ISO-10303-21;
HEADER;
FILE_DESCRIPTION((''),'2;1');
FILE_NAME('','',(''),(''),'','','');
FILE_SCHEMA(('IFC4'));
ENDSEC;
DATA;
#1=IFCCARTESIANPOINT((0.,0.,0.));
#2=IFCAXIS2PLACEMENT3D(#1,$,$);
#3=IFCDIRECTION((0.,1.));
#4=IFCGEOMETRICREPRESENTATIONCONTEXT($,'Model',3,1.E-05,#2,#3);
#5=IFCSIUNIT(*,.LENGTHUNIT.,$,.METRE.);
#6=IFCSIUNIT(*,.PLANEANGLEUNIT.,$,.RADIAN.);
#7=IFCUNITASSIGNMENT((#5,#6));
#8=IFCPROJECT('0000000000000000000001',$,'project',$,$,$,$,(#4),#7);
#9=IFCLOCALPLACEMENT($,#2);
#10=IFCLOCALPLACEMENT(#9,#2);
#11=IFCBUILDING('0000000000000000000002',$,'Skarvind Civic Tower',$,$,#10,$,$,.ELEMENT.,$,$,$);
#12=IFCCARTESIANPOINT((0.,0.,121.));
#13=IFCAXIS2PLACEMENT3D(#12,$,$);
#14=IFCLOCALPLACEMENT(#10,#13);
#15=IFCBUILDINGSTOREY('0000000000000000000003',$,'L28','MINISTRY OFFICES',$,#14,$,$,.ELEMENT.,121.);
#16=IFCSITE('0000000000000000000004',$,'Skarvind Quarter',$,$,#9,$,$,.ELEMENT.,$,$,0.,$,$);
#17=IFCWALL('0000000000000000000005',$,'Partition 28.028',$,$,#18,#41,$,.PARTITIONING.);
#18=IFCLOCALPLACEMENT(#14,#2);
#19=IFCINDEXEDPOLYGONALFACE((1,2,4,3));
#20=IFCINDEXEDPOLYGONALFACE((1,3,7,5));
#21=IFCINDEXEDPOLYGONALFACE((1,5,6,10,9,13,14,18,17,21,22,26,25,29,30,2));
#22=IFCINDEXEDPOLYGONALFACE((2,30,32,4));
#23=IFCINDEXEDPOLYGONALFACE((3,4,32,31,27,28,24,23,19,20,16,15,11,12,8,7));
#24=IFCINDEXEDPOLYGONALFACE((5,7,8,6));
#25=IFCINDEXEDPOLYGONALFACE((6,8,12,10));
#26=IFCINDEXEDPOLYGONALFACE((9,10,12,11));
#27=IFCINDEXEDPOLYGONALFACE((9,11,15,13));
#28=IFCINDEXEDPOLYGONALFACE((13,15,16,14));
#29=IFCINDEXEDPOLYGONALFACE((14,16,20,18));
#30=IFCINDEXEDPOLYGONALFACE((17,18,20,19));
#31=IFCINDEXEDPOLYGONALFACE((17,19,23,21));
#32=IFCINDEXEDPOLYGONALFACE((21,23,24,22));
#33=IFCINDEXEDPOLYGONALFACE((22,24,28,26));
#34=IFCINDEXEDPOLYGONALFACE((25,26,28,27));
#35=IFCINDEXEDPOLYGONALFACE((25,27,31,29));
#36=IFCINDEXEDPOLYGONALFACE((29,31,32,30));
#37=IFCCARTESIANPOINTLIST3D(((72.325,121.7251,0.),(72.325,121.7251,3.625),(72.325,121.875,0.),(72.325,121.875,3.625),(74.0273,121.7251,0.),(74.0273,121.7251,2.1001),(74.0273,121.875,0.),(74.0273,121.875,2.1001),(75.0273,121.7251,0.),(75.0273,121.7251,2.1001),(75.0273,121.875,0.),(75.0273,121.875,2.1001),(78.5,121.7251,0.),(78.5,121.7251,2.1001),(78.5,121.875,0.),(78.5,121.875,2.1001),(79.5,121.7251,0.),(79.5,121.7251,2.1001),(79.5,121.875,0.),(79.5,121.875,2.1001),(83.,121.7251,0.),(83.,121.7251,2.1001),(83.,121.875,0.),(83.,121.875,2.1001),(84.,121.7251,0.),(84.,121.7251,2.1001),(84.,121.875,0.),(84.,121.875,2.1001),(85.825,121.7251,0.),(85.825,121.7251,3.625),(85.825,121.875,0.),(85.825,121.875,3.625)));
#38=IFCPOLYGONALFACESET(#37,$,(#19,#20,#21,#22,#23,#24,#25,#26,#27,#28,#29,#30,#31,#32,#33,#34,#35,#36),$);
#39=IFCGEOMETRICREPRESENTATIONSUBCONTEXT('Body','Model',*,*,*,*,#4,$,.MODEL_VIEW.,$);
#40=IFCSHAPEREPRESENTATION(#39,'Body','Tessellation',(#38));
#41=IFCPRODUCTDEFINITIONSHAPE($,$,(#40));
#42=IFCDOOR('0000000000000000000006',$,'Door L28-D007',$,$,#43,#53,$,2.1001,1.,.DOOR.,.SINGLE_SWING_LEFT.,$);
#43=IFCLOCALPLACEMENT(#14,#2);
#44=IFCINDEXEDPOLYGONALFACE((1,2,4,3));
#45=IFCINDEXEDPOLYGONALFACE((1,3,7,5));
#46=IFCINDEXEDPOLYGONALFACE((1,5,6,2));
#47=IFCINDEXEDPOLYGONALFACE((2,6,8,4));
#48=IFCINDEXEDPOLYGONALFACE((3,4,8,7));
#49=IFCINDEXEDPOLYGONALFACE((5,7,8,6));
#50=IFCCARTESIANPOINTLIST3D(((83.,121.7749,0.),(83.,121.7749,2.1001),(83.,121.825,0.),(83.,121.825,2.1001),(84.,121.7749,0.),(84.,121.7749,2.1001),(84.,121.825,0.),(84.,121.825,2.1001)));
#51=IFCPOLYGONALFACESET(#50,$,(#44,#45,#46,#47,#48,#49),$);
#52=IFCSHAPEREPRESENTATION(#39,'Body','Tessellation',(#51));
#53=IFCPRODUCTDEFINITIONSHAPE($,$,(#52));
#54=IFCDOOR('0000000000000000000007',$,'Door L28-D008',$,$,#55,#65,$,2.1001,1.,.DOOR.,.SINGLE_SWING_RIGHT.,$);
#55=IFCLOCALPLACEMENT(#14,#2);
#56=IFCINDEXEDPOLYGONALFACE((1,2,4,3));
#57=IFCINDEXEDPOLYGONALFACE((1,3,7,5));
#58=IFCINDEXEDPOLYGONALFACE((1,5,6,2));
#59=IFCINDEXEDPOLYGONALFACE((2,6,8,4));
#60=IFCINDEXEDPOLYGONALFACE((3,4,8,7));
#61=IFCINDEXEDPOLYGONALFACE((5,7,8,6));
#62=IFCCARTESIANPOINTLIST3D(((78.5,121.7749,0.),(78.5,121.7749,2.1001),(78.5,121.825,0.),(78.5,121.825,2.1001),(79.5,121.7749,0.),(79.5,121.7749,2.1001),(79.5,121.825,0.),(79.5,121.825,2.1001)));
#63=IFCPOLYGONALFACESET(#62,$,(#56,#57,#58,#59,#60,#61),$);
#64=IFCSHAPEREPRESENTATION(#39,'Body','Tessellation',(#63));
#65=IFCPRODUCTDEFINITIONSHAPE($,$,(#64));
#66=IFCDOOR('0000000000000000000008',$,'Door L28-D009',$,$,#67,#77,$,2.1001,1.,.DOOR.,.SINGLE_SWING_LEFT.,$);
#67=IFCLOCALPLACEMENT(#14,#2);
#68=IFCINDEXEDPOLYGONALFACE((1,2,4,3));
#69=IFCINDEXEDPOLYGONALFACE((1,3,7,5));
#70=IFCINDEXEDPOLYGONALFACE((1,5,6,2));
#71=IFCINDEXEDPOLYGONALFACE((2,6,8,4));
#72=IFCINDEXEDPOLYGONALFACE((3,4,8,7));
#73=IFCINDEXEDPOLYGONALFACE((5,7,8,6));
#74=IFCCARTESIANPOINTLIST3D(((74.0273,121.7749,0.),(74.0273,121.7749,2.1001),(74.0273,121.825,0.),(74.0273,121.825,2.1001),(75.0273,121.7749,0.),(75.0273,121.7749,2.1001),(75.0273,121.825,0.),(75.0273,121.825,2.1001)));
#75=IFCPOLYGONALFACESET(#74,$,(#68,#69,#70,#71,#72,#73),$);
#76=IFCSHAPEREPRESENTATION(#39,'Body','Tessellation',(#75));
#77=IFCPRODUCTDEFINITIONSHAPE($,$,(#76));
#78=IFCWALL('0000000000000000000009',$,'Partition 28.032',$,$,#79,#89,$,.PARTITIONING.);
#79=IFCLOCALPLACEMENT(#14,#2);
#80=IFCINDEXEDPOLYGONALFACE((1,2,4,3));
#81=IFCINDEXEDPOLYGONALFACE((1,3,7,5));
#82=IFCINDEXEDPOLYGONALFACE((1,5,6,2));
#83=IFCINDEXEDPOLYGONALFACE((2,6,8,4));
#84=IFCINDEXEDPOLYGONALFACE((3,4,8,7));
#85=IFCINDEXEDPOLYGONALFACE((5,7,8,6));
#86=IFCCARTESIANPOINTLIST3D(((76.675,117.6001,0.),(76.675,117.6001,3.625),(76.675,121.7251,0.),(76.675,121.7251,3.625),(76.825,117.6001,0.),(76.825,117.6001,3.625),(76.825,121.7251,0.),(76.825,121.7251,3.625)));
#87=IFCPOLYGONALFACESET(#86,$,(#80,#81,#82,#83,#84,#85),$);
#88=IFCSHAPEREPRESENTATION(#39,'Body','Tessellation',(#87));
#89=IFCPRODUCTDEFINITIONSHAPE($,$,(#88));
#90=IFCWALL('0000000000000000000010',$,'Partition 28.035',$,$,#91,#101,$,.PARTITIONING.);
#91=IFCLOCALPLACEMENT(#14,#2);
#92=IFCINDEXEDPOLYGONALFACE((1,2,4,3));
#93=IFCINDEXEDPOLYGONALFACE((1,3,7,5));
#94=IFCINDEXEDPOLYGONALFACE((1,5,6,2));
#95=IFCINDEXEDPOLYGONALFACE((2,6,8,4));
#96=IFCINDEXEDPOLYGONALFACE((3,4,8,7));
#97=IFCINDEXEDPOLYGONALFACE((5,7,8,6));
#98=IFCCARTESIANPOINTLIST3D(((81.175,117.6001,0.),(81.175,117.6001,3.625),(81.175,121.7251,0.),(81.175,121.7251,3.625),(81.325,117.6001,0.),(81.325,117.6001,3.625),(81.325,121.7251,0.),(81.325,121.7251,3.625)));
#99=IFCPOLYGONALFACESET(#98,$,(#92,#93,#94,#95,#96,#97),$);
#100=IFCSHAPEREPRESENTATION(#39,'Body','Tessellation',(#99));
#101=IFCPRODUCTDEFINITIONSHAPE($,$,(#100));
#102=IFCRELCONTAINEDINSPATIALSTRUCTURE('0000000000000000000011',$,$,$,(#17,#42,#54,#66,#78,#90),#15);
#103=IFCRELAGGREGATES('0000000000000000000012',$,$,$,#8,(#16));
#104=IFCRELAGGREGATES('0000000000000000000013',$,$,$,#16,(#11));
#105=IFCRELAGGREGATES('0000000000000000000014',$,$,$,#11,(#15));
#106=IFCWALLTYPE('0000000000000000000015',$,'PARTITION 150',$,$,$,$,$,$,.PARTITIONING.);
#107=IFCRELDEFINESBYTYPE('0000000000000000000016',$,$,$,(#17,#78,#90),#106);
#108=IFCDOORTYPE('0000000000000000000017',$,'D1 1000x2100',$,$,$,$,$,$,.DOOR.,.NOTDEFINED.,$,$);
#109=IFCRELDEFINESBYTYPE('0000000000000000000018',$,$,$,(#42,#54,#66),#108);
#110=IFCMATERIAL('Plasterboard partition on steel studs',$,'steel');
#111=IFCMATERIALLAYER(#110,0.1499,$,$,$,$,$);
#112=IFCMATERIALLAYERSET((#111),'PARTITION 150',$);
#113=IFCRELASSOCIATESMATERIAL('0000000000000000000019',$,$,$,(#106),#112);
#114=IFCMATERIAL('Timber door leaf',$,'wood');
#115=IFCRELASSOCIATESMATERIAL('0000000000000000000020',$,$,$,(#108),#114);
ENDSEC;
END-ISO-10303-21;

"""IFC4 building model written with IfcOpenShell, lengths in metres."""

from ifc_helpers import new_model, si_unit, direction, frame, frame_2d, origin, place, context, subcontext, project, spatial, rectangle, extrude, material, layer, layer_set, type_object, element, fill, save


model = new_model("IFC4")

# Units and contexts
model_context = context("Model", 3, precision=1e-05, world=origin(), true_north=direction((0.0, 1.0)))
body_context = subcontext(model_context, "Body", "Model", "MODEL_VIEW")
ifc_project = project(units=[si_unit("LENGTHUNIT", "METRE"), si_unit("PLANEANGLEUNIT", "RADIAN")], contexts=[model_context])

# Site, building, storey
site_placement = place(None, origin())
site = spatial("IfcSite", under=ifc_project, at=site_placement, Name="Skarvind Quarter", CompositionType="ELEMENT", RefElevation=0.0)
building_placement = place(site_placement, origin())
building = spatial("IfcBuilding", under=site, at=building_placement, Name="Skarvind Civic Tower", CompositionType="ELEMENT")
storey_placement = place(building_placement, frame((0.0, 0.0, 121.0)))
storey = spatial("IfcBuildingStorey", under=building, at=storey_placement, Name="L28", Description="MINISTRY OFFICES", CompositionType="ELEMENT", Elevation=121.0)

# Shared definitions
ifc_material_1 = material(Name="Timber door leaf", Category="wood")

# Shared definitions
ifc_material_2 = material(Name="Plasterboard partition on steel studs", Category="steel")
ifc_layer_1 = layer(ifc_material_2, 0.1499)
ifc_layer_set_1 = layer_set([ifc_layer_1], Name="PARTITION 150")
wall_type_1 = type_object("IfcWallType", Name="PARTITION 150", PredefinedType="PARTITIONING", material=ifc_layer_set_1)

# Wall, openings, doors
wall_1_placement = place(storey_placement, frame((72.325, 121.8, 0.0), z_axis=(0.0, 0.0, 1.0), x_axis=(1.0, 0.0, 0.0)))
wall_1 = element("IfcWall", 1, at=wall_1_placement, inside=storey, type_object=wall_type_1, Name="Partition 28.028", PredefinedType="PARTITIONING", context=body_context, shape_type="SweptSolid", body=[
    extrude(rectangle(XDim=13.5, YDim=0.1499, at=frame_2d((6.75, 0.0))), origin(), (0.0, 0.0, 1.0), 3.625),
])
opening_1_placement = place(wall_1_placement, frame((10.675, 0.0, 0.0)))
opening_1 = element("IfcOpeningElement", 2, at=opening_1_placement, cuts=wall_1, PredefinedType="OPENING", context=body_context, shape_type="SweptSolid", body=[
    extrude(rectangle(XDim=1.0, YDim=2.1001, at=frame_2d((0.5, 1.05))), frame((0.0, 0.085, 0.0), z_axis=(0.0, -1.0, 0.0), x_axis=(1.0, 0.0, 0.0)), (0.0, 0.0, 1.0), 0.1699),
])
opening_2_placement = place(wall_1_placement, frame((6.175, 0.0, 0.0)))
opening_2 = element("IfcOpeningElement", 3, at=opening_2_placement, cuts=wall_1, PredefinedType="OPENING", context=body_context, shape_type="SweptSolid", body=[
    extrude(rectangle(XDim=1.0, YDim=2.1001, at=frame_2d((0.5, 1.05))), frame((0.0, 0.085, 0.0), z_axis=(0.0, -1.0, 0.0), x_axis=(1.0, 0.0, 0.0)), (0.0, 0.0, 1.0), 0.1699),
])
opening_3_placement = place(wall_1_placement, frame((1.7024, 0.0, 0.0)))
opening_3 = element("IfcOpeningElement", 4, at=opening_3_placement, cuts=wall_1, PredefinedType="OPENING", context=body_context, shape_type="SweptSolid", body=[
    extrude(rectangle(XDim=1.0, YDim=2.1001, at=frame_2d((0.5, 1.05))), frame((0.0, 0.085, 0.0), z_axis=(0.0, -1.0, 0.0), x_axis=(1.0, 0.0, 0.0)), (0.0, 0.0, 1.0), 0.1699),
])
door_type_1 = type_object("IfcDoorType", Name="D1 1000x2100", OperationType="NOTDEFINED", PredefinedType="DOOR", material=ifc_material_1)
door_1_placement = place(opening_1_placement, origin())
door_1 = element("IfcDoor", 5, at=door_1_placement, inside=storey, type_object=door_type_1, Name="Door L28-D007", OperationType="SINGLE_SWING_LEFT", OverallHeight=2.1001, OverallWidth=1.0, PredefinedType="DOOR", context=body_context, shape_type="SweptSolid", body=[
    extrude(rectangle(XDim=1.0, YDim=2.1001, at=frame_2d((0.5, 1.05))), frame((0.0, 0.0249, 0.0), z_axis=(0.0, -1.0, 0.0), x_axis=(1.0, 0.0, 0.0)), (0.0, 0.0, 1.0), 0.05),
])
fill(opening_1, door_1)
door_2_placement = place(opening_2_placement, origin())
door_2 = element("IfcDoor", 6, at=door_2_placement, inside=storey, type_object=door_type_1, Name="Door L28-D008", OperationType="SINGLE_SWING_RIGHT", OverallHeight=2.1001, OverallWidth=1.0, PredefinedType="DOOR", context=body_context, shape_type="SweptSolid", body=[
    extrude(rectangle(XDim=1.0, YDim=2.1001, at=frame_2d((0.5, 1.05))), frame((0.0, 0.0249, 0.0), z_axis=(0.0, -1.0, 0.0), x_axis=(1.0, 0.0, 0.0)), (0.0, 0.0, 1.0), 0.05),
])
fill(opening_2, door_2)
door_3_placement = place(opening_3_placement, origin())
door_3 = element("IfcDoor", 7, at=door_3_placement, inside=storey, type_object=door_type_1, Name="Door L28-D009", OperationType="SINGLE_SWING_LEFT", OverallHeight=2.1001, OverallWidth=1.0, PredefinedType="DOOR", context=body_context, shape_type="SweptSolid", body=[
    extrude(rectangle(XDim=1.0, YDim=2.1001, at=frame_2d((0.5, 1.05))), frame((0.0, 0.0249, 0.0), z_axis=(0.0, -1.0, 0.0), x_axis=(1.0, 0.0, 0.0)), (0.0, 0.0, 1.0), 0.05),
])
fill(opening_3, door_3)

# Walls
for number, where, z_axis, x_axis, name in (
    (8, (76.75, 117.6001, 0.0), (0.0, 0.0, 1.0), (0.0, 1.0, 0.0), "Partition 28.032"),
    (9, (81.25, 117.6001, 0.0), (0.0, 0.0, 1.0), (0.0, 1.0, 0.0), "Partition 28.035"),
):
    element("IfcWall", number, at=place(storey_placement, frame(where, z_axis=z_axis, x_axis=x_axis)), inside=storey, type_object=wall_type_1, Name=name, PredefinedType="PARTITIONING", context=body_context, shape_type="SweptSolid", body=[
        extrude(rectangle(XDim=4.125, YDim=0.1499, at=frame_2d((2.0625, 0.0))), origin(), (0.0, 0.0, 1.0), 3.625),
    ])

save(model, "model.ifc")
